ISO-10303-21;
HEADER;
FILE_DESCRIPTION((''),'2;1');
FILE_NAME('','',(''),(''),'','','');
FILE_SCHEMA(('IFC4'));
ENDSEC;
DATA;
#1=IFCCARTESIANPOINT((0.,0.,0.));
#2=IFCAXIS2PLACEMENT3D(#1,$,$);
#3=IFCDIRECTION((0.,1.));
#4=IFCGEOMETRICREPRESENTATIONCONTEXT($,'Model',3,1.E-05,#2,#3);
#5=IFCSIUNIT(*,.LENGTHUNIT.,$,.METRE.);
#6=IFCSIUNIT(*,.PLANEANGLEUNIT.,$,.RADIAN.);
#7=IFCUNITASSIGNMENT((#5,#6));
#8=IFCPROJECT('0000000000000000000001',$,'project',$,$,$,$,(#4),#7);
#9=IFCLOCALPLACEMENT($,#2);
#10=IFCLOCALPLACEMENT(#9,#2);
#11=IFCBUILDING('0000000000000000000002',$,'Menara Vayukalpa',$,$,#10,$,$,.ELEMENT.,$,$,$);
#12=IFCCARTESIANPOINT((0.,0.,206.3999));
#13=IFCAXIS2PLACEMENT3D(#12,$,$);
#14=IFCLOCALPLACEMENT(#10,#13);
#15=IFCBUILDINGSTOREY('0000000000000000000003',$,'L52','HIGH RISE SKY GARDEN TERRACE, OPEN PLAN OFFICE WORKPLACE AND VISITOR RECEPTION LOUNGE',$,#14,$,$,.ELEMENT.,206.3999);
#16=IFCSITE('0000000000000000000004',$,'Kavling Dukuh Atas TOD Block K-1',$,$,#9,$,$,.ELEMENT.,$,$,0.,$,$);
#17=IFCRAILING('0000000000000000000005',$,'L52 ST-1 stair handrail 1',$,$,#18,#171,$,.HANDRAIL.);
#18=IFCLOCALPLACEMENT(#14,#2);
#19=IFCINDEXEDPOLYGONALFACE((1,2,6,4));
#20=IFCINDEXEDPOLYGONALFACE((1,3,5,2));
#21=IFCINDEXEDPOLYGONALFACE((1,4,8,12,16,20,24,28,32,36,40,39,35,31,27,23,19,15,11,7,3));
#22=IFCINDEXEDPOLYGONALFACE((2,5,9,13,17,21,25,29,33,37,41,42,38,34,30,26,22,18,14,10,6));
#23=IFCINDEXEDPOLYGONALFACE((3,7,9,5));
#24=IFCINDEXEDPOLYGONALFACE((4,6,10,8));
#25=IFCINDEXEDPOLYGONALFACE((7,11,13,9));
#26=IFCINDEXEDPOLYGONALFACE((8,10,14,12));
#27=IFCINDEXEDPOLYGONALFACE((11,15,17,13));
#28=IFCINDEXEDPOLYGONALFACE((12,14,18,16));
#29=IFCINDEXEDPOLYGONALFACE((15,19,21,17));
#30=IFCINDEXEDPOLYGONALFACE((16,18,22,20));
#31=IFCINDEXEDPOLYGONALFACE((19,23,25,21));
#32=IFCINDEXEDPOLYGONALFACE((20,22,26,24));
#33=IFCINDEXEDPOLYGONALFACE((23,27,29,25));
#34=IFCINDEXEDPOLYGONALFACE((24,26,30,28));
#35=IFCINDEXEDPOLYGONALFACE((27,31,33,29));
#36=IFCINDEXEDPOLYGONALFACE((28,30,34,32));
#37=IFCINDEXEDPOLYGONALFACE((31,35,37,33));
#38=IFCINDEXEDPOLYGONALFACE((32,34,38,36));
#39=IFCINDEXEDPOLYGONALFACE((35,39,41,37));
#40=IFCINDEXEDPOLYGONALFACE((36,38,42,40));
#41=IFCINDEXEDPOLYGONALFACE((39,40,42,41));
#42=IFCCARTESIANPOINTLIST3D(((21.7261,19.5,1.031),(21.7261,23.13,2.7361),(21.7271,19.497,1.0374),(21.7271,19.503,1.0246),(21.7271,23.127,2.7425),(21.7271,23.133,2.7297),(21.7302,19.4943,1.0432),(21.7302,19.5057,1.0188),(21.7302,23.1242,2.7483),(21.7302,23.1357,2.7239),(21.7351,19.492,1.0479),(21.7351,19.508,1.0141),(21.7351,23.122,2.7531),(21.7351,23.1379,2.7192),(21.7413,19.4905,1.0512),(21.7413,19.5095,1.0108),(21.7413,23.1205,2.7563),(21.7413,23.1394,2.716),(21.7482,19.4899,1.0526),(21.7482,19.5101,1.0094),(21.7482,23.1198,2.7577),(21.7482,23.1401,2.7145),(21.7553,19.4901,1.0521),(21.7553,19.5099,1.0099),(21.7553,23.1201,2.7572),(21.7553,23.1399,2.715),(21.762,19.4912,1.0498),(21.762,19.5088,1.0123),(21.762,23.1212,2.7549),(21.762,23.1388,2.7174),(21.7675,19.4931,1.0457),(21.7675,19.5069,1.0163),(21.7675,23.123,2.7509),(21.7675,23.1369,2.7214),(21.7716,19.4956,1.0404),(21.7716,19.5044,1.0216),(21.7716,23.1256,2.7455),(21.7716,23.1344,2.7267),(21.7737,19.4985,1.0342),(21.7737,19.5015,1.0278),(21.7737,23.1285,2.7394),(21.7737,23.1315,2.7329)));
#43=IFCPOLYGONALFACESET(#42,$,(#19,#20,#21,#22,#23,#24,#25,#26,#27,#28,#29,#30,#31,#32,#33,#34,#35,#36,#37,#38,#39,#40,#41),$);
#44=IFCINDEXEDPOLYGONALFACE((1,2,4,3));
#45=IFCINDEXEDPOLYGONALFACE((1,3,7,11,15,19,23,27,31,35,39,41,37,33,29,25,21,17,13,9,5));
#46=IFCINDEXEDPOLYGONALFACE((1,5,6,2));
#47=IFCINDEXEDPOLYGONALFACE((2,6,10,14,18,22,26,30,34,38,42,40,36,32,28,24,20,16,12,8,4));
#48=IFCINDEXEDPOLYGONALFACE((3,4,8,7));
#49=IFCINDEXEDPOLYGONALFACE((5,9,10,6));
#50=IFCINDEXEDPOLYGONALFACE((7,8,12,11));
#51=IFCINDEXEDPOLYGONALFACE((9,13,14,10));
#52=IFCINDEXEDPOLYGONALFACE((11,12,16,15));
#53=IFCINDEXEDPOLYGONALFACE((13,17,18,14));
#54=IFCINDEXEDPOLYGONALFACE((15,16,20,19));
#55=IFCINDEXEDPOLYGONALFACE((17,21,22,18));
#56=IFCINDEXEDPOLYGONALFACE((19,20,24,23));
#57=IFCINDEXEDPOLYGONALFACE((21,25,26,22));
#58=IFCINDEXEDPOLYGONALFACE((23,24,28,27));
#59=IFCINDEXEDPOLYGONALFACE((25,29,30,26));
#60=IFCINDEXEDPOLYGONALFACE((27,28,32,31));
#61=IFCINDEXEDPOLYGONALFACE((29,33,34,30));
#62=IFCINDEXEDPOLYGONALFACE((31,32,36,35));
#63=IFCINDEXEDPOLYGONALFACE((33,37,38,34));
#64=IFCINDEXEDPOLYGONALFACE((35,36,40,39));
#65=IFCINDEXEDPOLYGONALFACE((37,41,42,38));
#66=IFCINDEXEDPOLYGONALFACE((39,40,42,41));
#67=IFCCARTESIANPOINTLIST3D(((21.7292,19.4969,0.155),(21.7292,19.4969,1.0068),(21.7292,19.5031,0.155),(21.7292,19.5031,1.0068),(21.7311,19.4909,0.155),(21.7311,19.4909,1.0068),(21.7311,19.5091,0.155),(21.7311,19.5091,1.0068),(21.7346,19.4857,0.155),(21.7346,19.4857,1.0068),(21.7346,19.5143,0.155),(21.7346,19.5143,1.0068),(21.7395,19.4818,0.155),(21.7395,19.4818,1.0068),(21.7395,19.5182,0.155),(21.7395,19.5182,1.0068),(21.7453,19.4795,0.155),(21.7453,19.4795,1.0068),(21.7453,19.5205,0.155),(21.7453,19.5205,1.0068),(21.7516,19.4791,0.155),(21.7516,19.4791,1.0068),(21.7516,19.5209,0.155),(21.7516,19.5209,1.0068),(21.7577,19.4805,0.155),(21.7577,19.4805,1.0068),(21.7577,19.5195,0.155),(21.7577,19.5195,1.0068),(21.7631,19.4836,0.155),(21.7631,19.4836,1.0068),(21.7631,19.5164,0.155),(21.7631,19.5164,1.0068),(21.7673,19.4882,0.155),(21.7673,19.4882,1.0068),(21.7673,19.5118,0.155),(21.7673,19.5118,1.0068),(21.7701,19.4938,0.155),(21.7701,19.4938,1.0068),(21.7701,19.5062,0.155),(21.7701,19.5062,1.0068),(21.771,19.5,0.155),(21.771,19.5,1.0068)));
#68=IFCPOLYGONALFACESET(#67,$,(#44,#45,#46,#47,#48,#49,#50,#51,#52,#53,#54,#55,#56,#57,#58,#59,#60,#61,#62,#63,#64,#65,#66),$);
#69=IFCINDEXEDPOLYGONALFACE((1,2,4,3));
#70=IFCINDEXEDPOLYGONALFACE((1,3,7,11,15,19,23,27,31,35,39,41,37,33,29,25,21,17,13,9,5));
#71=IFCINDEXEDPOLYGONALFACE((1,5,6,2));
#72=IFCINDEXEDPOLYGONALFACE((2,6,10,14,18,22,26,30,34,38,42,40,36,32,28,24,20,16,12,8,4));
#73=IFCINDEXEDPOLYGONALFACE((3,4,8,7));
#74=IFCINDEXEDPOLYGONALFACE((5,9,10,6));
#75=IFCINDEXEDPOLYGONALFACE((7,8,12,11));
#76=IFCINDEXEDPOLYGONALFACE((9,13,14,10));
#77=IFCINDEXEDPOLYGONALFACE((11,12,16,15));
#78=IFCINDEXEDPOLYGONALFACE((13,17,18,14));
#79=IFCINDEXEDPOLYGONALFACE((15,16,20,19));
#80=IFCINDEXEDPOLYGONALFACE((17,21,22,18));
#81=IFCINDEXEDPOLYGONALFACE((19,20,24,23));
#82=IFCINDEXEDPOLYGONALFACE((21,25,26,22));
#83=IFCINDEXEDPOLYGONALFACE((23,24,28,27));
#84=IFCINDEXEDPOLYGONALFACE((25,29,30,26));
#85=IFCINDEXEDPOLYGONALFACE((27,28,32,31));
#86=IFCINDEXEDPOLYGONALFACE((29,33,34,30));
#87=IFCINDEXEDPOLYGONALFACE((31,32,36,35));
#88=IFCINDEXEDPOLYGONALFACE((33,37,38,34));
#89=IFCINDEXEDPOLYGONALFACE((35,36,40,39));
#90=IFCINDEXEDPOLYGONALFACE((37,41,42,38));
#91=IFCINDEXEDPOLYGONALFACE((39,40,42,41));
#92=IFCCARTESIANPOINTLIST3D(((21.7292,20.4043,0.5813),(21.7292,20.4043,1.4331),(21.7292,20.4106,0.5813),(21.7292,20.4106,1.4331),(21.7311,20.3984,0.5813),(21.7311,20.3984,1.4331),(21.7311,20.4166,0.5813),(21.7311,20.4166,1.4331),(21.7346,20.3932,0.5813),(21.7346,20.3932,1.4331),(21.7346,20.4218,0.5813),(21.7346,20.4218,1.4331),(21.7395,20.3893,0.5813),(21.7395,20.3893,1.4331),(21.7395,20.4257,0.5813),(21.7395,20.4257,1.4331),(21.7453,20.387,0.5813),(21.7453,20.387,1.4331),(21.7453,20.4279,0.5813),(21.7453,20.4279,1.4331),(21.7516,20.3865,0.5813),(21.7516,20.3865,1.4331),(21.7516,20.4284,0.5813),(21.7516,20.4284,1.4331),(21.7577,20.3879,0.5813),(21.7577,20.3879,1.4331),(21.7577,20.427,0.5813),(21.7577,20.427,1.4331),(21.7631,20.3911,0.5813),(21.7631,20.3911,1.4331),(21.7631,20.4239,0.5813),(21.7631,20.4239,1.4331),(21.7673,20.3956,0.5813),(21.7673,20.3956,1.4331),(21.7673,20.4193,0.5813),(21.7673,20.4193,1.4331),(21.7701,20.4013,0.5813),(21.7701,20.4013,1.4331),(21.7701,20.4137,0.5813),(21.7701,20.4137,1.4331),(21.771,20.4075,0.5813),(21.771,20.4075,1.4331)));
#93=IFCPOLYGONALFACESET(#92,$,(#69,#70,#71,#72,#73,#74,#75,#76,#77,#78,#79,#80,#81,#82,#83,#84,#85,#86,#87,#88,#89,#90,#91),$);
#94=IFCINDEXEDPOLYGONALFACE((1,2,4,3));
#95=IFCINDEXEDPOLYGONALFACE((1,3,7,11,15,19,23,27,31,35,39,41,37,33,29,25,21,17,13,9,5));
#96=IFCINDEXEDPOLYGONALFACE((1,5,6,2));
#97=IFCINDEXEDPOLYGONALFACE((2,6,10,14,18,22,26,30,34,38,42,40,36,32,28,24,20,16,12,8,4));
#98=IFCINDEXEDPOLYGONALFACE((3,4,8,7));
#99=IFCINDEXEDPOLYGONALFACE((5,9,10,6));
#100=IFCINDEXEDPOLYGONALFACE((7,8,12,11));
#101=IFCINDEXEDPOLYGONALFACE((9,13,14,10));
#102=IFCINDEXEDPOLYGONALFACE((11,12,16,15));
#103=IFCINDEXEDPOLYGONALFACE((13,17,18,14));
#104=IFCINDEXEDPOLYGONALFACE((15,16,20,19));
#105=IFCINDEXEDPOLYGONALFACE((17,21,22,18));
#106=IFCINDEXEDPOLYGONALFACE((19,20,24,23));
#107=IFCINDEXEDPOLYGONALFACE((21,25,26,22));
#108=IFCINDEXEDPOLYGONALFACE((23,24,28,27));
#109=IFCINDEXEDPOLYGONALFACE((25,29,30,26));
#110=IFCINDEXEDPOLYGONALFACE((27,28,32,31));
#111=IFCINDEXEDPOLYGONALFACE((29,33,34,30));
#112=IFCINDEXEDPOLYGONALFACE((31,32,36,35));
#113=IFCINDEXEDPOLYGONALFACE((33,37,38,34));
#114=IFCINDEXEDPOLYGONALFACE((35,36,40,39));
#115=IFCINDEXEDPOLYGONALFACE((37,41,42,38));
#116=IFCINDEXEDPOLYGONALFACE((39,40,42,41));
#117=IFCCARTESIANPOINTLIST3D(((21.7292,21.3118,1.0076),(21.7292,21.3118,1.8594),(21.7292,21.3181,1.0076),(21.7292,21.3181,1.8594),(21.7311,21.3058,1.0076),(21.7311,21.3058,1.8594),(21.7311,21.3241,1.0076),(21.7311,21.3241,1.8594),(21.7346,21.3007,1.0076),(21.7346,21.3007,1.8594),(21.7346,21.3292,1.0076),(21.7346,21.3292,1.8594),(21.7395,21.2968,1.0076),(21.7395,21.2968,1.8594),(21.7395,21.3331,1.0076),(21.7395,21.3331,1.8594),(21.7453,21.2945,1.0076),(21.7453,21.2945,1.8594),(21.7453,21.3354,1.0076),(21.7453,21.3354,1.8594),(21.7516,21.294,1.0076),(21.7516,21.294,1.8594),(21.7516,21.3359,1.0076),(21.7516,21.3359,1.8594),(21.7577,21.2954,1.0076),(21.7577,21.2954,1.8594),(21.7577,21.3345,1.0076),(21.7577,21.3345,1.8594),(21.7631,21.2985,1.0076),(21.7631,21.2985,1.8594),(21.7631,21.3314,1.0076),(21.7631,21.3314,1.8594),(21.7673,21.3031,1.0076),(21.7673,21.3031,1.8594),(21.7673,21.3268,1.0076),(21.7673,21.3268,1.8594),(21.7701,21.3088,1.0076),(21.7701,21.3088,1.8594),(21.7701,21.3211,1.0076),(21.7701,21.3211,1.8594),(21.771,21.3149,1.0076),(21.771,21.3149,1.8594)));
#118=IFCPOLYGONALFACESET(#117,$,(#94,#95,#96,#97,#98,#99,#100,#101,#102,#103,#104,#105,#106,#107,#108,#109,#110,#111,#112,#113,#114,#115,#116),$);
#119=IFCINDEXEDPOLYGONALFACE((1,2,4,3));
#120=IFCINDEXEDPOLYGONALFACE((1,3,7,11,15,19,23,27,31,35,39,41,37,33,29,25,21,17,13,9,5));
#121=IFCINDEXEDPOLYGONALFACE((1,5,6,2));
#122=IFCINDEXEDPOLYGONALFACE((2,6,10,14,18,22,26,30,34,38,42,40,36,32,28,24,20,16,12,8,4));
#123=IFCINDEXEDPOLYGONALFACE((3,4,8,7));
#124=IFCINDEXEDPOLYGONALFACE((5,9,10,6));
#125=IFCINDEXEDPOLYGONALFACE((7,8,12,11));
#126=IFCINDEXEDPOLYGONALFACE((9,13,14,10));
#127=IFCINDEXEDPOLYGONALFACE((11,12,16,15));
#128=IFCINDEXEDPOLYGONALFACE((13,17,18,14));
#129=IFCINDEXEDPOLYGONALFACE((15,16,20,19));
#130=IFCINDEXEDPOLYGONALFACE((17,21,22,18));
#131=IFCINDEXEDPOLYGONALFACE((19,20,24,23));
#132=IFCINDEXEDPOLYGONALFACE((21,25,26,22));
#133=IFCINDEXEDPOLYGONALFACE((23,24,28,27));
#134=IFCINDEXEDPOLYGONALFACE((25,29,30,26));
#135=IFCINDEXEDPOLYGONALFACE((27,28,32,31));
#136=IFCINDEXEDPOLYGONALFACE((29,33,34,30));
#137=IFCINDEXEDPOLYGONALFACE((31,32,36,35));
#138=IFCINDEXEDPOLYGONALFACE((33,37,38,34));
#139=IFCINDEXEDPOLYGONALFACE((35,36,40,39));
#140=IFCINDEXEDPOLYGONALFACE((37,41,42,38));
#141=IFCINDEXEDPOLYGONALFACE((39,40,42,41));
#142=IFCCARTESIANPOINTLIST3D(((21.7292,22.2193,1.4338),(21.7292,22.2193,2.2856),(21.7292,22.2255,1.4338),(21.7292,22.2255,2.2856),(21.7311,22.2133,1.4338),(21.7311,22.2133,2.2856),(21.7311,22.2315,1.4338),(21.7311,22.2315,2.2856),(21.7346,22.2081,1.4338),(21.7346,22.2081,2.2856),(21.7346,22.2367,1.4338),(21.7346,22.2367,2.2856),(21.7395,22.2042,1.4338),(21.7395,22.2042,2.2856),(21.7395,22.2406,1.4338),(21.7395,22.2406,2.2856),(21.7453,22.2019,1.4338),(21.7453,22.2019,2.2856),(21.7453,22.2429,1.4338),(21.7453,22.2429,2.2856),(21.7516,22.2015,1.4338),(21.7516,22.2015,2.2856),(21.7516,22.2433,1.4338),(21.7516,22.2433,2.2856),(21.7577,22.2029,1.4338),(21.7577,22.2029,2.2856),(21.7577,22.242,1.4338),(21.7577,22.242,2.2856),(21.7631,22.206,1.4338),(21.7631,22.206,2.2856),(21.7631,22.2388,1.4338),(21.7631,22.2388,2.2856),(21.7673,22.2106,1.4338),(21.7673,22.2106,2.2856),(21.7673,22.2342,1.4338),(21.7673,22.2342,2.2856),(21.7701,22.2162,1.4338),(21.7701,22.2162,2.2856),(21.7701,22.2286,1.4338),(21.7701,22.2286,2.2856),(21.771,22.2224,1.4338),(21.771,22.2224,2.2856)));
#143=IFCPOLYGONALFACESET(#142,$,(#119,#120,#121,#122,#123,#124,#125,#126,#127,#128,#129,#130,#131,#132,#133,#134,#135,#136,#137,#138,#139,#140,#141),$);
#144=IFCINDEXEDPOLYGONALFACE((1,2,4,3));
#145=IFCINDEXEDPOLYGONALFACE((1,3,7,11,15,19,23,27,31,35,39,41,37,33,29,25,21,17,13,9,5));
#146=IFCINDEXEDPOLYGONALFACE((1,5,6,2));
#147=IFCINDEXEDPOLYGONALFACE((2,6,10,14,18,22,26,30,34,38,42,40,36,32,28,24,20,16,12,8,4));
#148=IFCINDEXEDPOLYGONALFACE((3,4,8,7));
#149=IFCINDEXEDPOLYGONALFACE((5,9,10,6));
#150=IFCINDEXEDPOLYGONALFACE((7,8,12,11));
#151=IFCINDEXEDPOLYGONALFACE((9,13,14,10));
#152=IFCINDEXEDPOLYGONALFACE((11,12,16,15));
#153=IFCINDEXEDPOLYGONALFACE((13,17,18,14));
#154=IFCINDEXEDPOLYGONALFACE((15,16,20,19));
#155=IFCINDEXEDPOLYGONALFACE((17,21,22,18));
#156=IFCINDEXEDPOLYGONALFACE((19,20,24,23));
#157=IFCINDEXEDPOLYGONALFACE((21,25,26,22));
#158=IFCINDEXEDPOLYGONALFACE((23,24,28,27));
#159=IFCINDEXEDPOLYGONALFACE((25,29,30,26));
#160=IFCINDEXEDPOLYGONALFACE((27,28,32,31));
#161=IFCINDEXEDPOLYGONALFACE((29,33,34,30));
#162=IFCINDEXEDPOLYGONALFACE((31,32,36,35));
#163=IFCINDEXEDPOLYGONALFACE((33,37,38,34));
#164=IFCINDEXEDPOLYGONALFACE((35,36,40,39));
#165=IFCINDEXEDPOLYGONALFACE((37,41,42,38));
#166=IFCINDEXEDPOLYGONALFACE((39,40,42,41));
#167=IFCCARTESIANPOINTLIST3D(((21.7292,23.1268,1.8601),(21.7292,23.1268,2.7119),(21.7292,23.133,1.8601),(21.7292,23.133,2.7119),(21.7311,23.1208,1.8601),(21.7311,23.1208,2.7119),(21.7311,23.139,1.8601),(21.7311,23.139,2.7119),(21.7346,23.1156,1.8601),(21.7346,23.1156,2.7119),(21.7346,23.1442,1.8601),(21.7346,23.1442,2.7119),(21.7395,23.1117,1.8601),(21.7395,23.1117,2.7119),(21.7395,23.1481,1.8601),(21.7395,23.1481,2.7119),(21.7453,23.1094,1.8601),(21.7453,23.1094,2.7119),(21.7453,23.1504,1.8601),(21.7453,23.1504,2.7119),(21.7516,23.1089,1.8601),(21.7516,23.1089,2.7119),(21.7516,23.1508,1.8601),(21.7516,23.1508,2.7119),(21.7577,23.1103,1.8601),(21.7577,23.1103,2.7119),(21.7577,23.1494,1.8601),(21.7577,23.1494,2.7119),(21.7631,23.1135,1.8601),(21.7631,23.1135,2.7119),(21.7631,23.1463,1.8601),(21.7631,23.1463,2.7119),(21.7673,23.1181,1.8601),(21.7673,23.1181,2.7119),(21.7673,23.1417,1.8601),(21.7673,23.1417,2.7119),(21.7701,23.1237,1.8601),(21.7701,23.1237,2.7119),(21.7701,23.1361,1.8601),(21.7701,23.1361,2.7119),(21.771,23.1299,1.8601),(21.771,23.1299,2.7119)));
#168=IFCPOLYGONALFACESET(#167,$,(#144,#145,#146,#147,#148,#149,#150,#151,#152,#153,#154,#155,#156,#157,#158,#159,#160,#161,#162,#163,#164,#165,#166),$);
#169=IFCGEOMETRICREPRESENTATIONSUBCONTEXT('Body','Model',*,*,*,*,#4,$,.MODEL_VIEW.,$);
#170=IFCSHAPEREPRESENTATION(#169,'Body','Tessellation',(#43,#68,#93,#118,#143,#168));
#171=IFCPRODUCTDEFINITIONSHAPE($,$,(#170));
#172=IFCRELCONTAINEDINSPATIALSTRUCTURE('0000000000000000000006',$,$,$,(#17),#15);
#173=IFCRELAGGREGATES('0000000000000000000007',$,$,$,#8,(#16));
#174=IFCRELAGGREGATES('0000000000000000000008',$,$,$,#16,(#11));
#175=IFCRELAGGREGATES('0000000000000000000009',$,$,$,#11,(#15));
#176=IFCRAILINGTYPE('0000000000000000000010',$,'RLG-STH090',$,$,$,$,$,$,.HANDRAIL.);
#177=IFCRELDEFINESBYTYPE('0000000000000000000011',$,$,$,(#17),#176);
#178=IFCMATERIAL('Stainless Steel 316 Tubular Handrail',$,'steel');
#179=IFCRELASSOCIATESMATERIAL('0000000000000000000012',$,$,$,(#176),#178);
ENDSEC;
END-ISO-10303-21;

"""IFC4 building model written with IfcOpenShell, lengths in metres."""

from ifc_helpers import new_model, si_unit, direction, frame, origin, origin_2d, place, context, subcontext, project, spatial, circle, extrude, material, type_object, element, save


model = new_model("IFC4")

# Units and contexts
model_context = context("Model", 3, precision=1e-05, world=origin(), true_north=direction((0.0, 1.0)))
body_context = subcontext(model_context, "Body", "Model", "MODEL_VIEW")
ifc_project = project(units=[si_unit("LENGTHUNIT", "METRE"), si_unit("PLANEANGLEUNIT", "RADIAN")], contexts=[model_context])

# Site, building, storey
site_placement = place(None, origin())
site = spatial("IfcSite", under=ifc_project, at=site_placement, Name="Kavling Dukuh Atas TOD Block K-1", CompositionType="ELEMENT", RefElevation=0.0)
building_placement = place(site_placement, origin())
building = spatial("IfcBuilding", under=site, at=building_placement, Name="Menara Vayukalpa", CompositionType="ELEMENT")
storey_placement = place(building_placement, frame((0.0, 0.0, 206.3999)))
storey = spatial("IfcBuildingStorey", under=building, at=storey_placement, Name="L52", Description="HIGH RISE SKY GARDEN TERRACE, OPEN PLAN OFFICE WORKPLACE AND VISITOR RECEPTION LOUNGE", CompositionType="ELEMENT", Elevation=206.3999)

# Railing
ifc_material_1 = material(Name="Stainless Steel 316 Tubular Handrail", Category="steel")
railing_type_1 = type_object("IfcRailingType", Name="RLG-STH090", PredefinedType="HANDRAIL", material=ifc_material_1)
railing_1_placement = place(storey_placement, frame((21.75, 19.5, 0.155)))
element("IfcRailing", 1, at=railing_1_placement, inside=storey, type_object=railing_type_1, Name="L52 ST-1 stair handrail 1", PredefinedType="HANDRAIL", context=body_context, shape_type="SweptSolid", body=[
    extrude(circle(Radius=0.0239, at=origin_2d()), frame((0.0, 0.0, 0.876), z_axis=(0.0, 0.905116, 0.425164), x_axis=(-1.0, 0.0, 0.0)), (0.0, 0.0, 1.0), 4.0105),
    extrude(circle(Radius=0.021, at=origin_2d()), origin(), (0.0, 0.0, 1.0), 0.8518),
    extrude(circle(Radius=0.021, at=origin_2d()), frame((0.0, 0.9075, 0.4263)), (0.0, 0.0, 1.0), 0.8518),
    extrude(circle(Radius=0.021, at=origin_2d()), frame((0.0, 1.8149, 0.8525)), (0.0, 0.0, 1.0), 0.8518),
    extrude(circle(Radius=0.021, at=origin_2d()), frame((0.0, 2.7224, 1.2788)), (0.0, 0.0, 1.0), 0.8518),
    extrude(circle(Radius=0.021, at=origin_2d()), frame((0.0, 3.6299, 1.7051)), (0.0, 0.0, 1.0), 0.8518),
])

save(model, "model.ifc")
